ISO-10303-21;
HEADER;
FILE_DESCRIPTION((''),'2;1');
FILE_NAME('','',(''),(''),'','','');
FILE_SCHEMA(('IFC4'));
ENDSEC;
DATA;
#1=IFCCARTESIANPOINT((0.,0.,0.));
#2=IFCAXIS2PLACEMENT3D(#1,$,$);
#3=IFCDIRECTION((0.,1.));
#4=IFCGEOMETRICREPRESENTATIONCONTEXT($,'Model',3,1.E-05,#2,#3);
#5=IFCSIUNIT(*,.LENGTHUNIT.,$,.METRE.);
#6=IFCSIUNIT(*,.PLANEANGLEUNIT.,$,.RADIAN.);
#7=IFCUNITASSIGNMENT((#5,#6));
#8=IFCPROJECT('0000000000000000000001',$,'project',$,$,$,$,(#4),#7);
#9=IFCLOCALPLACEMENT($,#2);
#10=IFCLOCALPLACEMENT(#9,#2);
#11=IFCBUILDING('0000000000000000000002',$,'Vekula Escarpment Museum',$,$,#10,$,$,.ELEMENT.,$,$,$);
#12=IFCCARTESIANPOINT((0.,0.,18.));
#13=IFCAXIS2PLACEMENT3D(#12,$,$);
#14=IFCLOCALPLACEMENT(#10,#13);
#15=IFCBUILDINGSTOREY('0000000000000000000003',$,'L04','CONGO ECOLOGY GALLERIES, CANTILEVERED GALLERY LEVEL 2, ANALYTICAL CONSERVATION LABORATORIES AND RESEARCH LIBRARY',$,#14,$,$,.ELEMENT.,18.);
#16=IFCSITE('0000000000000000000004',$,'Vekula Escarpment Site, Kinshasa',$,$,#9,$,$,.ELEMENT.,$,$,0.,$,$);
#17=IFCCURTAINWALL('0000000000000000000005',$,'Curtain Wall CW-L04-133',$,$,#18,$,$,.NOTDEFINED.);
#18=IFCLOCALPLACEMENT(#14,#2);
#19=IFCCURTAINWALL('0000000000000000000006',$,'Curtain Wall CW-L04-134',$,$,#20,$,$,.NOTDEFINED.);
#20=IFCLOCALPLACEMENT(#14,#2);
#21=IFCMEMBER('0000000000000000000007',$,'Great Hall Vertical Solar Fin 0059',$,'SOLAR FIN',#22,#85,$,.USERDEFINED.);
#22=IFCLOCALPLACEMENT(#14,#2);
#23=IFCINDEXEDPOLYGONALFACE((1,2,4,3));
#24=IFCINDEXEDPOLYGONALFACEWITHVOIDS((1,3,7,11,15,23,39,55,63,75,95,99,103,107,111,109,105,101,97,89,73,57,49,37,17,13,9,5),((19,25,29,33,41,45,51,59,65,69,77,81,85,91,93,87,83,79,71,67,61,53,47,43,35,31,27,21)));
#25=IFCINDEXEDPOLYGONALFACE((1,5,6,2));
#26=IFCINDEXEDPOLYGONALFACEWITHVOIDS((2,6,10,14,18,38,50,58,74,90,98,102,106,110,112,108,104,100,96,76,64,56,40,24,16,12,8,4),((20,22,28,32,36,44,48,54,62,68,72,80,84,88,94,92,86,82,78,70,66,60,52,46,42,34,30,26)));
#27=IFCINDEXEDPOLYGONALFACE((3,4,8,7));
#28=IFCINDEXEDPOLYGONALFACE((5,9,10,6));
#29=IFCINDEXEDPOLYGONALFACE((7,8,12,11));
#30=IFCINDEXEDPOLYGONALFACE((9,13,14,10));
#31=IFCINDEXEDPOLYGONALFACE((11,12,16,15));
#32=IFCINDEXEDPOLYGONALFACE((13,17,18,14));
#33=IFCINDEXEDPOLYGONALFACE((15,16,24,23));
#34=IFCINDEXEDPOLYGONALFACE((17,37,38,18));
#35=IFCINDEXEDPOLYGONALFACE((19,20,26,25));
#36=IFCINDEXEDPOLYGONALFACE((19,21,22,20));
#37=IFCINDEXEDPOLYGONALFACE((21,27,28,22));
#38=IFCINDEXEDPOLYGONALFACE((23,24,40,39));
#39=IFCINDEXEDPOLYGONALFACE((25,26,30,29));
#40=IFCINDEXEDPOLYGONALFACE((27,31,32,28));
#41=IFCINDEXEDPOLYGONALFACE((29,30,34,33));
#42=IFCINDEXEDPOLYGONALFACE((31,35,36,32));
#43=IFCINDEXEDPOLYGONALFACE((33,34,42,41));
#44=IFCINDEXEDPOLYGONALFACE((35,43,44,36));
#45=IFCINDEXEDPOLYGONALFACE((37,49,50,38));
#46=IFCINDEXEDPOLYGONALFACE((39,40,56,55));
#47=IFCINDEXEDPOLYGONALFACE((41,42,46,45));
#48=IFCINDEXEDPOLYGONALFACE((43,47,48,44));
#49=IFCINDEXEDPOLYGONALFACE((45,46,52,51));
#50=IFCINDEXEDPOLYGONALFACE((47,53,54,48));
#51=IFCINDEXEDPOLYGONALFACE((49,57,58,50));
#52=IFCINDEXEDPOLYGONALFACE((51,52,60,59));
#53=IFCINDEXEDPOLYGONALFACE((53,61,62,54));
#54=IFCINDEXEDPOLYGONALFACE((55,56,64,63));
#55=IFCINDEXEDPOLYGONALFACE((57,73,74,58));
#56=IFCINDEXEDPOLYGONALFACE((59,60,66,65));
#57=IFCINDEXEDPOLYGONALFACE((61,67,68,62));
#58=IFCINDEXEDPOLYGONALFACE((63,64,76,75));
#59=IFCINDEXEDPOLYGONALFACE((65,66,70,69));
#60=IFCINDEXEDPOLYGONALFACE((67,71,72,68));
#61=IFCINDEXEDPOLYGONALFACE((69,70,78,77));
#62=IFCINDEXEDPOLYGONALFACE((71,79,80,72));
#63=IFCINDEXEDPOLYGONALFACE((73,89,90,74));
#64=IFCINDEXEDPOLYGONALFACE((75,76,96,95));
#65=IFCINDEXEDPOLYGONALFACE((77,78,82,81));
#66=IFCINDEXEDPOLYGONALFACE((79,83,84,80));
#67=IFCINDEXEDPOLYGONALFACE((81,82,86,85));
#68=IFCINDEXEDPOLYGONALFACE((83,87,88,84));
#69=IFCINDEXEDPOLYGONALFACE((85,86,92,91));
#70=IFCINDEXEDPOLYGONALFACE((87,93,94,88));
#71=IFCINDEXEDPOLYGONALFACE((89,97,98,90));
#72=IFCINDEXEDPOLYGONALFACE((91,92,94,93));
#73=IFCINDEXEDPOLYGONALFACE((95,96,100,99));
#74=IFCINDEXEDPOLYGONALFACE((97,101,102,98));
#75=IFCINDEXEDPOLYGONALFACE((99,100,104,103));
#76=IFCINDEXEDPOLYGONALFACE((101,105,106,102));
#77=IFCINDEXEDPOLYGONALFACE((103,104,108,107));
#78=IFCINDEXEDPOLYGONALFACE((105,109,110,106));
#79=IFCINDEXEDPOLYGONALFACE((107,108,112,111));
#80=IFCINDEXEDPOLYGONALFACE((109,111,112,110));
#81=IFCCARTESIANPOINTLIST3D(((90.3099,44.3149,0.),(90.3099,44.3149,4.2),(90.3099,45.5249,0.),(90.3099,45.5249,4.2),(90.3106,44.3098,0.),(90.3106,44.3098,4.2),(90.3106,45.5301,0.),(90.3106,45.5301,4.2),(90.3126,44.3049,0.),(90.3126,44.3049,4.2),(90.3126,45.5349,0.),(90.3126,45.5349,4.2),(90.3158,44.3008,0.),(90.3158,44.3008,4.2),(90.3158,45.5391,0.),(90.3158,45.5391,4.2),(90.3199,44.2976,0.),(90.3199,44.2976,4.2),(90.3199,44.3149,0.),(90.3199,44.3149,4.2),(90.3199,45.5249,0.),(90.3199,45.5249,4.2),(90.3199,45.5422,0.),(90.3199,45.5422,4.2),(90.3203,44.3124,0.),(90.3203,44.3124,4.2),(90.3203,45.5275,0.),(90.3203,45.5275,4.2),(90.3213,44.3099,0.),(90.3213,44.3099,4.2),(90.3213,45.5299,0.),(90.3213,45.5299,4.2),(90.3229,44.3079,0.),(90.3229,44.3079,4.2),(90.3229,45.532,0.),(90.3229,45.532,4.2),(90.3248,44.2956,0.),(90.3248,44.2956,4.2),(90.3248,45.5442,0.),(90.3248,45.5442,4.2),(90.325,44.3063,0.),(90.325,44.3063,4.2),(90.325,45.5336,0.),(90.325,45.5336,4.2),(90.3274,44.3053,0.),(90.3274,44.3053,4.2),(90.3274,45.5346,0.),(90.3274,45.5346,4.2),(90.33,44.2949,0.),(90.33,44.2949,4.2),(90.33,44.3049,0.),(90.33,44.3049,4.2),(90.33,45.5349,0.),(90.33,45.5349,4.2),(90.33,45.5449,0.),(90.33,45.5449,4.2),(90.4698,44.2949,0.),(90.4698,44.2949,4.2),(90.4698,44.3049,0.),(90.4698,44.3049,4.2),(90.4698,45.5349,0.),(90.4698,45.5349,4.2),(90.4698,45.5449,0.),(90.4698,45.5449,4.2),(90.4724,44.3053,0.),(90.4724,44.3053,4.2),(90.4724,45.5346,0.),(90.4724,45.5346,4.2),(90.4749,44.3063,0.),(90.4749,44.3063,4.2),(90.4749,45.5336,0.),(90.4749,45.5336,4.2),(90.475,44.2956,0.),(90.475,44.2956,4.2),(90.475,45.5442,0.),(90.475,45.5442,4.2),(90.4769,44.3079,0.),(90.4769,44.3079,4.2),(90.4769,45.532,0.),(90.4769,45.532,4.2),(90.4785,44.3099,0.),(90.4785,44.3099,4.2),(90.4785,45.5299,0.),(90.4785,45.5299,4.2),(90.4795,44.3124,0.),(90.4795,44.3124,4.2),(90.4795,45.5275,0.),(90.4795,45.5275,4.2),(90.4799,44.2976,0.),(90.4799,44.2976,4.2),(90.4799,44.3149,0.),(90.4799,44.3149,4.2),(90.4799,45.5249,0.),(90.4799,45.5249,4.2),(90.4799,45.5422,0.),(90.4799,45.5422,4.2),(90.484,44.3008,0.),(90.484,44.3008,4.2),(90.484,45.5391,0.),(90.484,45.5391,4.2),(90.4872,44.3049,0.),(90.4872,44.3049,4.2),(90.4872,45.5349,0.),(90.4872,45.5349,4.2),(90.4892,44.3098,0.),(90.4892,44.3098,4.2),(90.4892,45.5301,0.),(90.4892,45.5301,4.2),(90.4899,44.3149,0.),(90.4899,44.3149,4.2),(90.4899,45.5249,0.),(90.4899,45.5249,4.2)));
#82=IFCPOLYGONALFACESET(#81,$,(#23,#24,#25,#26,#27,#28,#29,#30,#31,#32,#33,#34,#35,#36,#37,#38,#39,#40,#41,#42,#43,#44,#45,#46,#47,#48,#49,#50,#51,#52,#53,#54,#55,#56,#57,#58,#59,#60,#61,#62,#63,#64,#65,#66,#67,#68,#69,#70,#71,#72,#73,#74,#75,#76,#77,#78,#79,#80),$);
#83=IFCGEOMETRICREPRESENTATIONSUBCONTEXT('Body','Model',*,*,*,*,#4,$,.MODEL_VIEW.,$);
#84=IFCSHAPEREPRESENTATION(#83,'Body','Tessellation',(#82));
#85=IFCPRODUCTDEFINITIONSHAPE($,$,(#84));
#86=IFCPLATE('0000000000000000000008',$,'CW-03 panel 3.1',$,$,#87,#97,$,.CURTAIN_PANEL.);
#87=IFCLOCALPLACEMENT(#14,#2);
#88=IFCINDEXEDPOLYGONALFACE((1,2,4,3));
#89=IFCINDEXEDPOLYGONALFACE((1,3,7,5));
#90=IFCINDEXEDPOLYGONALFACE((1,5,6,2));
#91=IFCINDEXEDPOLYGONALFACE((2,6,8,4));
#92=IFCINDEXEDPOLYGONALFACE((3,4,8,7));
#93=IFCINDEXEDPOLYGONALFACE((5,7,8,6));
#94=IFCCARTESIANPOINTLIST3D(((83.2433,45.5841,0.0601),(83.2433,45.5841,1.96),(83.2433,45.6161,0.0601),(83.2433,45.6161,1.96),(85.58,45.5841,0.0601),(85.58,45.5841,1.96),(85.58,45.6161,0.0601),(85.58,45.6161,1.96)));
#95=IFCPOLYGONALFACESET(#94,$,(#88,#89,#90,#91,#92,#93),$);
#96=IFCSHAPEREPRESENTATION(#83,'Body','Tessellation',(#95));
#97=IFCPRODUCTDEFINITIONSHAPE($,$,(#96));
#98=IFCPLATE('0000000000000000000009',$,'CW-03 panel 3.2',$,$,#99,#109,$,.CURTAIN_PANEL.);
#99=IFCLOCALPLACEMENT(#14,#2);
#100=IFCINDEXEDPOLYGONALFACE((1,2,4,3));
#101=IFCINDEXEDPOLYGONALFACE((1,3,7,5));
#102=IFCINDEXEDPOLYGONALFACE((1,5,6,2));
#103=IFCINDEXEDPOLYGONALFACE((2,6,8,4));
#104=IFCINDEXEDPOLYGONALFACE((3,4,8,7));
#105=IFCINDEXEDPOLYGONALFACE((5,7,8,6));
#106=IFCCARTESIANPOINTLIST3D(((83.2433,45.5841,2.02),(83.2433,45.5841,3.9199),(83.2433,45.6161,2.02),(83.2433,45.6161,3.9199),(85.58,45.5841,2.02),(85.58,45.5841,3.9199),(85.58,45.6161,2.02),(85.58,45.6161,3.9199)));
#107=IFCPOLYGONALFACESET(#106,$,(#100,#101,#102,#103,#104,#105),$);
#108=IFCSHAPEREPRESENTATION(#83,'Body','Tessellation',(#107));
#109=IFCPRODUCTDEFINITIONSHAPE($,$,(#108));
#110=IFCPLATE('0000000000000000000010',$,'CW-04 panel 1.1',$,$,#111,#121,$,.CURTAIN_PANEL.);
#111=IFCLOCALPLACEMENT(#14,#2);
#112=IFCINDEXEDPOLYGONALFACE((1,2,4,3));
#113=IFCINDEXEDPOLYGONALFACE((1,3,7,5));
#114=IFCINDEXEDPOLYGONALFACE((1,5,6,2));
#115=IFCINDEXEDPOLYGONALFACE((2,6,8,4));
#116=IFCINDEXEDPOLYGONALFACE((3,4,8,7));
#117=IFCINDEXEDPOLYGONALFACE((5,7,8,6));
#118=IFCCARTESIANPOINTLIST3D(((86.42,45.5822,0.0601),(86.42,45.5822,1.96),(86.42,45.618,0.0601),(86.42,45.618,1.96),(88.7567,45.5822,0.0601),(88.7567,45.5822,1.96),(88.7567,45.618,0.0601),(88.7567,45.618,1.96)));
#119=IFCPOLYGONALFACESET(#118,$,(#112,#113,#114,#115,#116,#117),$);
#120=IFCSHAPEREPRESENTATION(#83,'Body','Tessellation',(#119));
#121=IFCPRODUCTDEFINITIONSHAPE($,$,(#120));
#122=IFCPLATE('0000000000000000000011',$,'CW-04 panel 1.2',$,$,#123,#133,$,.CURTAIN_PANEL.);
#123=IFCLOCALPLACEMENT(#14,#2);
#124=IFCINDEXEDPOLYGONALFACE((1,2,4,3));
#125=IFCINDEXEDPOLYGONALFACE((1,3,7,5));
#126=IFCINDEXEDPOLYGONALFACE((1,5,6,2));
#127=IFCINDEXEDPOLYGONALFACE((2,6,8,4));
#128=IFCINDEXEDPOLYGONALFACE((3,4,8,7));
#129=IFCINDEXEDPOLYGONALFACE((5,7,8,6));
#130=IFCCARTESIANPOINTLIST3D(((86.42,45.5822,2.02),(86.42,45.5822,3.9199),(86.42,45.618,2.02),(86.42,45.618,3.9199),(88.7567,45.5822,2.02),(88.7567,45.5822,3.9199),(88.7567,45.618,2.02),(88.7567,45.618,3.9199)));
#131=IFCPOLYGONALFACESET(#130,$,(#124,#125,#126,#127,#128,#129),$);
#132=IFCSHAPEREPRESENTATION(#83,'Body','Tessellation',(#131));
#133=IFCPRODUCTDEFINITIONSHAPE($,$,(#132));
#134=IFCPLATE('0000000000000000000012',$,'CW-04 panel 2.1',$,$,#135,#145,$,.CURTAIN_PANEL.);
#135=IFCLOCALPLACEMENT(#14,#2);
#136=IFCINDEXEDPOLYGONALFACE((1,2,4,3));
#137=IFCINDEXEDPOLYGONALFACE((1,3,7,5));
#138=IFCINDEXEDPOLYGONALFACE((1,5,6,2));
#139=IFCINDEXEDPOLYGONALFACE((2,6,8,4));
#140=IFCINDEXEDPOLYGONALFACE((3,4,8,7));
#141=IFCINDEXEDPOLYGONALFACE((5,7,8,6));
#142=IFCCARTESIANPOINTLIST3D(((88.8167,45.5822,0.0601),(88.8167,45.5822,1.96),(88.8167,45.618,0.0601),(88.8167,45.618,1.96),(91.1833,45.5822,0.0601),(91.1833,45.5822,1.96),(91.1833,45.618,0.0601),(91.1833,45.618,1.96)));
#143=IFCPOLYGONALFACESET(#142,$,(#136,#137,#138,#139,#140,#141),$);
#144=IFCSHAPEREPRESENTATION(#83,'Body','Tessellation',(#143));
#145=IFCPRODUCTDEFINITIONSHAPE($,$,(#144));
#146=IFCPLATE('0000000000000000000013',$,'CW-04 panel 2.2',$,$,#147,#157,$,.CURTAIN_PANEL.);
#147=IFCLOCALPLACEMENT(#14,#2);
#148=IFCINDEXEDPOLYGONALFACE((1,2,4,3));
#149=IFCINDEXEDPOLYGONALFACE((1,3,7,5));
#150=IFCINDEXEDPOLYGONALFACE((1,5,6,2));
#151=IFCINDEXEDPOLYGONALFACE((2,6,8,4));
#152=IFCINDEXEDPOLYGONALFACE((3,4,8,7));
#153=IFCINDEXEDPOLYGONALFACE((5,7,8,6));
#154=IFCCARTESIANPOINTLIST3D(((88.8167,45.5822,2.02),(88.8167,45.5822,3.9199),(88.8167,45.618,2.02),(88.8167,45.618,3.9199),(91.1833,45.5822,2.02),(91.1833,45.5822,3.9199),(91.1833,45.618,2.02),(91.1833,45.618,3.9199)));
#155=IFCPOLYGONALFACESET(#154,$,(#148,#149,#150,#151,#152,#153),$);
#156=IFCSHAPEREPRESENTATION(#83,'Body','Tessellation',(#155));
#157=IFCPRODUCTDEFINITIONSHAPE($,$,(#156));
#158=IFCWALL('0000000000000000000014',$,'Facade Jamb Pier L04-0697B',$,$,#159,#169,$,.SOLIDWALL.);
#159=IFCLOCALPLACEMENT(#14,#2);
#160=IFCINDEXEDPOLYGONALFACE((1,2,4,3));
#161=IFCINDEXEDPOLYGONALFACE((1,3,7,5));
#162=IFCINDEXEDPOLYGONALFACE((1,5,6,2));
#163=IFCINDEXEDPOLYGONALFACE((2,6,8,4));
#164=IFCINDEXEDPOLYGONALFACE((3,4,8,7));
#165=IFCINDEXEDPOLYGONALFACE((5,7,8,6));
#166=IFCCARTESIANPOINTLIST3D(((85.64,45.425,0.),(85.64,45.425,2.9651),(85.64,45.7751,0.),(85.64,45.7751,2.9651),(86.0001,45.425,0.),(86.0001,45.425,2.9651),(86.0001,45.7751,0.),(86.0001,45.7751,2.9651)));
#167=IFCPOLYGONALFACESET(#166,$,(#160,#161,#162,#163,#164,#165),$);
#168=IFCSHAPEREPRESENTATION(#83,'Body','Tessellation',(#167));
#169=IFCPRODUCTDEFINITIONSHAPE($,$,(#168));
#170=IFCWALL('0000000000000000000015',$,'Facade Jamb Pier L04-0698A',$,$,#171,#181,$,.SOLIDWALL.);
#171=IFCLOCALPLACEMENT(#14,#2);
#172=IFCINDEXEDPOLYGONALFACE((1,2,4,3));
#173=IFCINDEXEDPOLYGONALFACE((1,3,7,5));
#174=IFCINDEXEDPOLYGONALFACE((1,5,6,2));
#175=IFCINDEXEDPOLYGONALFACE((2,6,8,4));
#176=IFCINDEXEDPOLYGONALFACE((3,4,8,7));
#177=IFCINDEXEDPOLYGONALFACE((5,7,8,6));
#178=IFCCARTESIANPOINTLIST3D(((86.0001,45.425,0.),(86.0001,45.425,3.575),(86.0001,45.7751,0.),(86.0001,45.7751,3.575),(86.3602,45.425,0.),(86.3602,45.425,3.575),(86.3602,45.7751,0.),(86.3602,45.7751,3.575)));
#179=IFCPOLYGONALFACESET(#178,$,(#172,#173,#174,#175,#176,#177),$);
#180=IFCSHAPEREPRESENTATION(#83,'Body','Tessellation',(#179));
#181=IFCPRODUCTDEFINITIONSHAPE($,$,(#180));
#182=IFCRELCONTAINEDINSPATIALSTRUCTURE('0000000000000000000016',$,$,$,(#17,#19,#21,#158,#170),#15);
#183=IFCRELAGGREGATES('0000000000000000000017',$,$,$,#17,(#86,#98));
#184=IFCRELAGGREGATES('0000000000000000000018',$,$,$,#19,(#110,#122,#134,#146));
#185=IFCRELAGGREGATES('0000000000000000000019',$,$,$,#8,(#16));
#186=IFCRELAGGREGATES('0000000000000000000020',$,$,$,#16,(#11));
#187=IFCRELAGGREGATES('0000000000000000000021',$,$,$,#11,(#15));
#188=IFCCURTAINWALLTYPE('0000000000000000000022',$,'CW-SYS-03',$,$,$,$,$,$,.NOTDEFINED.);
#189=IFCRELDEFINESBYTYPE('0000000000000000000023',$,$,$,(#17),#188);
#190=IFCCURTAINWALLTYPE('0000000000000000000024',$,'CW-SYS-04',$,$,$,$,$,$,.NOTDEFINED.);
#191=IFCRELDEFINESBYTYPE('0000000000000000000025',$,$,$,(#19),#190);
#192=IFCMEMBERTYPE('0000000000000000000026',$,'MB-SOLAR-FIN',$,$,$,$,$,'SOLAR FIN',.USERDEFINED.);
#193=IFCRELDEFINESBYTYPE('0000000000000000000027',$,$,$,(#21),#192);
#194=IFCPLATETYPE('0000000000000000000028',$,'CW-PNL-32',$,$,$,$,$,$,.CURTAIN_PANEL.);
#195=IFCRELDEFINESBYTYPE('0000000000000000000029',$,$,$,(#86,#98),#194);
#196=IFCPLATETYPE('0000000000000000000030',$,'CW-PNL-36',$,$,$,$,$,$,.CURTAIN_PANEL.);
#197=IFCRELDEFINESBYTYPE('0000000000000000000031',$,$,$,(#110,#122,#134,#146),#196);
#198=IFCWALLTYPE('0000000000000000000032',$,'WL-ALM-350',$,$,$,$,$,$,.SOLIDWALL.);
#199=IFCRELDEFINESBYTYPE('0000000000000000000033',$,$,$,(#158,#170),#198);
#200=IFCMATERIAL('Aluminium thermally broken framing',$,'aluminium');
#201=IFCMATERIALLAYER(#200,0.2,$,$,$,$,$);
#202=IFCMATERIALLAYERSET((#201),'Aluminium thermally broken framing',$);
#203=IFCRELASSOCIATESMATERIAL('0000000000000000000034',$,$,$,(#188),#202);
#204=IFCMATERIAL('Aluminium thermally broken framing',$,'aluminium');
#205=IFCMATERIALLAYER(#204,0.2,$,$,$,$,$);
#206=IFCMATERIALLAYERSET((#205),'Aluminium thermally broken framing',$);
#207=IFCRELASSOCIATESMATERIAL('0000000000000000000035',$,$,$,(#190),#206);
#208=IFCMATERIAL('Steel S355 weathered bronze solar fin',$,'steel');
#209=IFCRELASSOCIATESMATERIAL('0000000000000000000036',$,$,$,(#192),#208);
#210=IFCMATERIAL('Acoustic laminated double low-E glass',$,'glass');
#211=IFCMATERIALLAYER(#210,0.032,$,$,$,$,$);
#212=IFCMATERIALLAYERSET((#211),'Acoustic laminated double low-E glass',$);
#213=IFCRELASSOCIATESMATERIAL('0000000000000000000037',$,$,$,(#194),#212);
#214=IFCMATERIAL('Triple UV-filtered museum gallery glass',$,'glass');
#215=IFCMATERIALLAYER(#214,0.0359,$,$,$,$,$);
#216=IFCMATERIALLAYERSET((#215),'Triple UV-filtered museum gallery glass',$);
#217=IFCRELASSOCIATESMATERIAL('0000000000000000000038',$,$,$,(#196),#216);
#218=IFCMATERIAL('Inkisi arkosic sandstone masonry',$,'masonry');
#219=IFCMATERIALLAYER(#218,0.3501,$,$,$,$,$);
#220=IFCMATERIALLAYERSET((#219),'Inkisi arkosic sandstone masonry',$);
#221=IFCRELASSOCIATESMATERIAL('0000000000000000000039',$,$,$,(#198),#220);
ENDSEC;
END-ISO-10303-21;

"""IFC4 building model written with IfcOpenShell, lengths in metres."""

from ifc_helpers import new_model, si_unit, direction, frame, frame_2d, origin, origin_2d, place, context, subcontext, project, spatial, rectangle, hollow_rectangle, extrude, material, layer, layer_set, material_profile, profile_set, type_object, element, aggregate, save


model = new_model("IFC4")

# Units and contexts
model_context = context("Model", 3, precision=1e-05, world=origin(), true_north=direction((0.0, 1.0)))
body_context = subcontext(model_context, "Body", "Model", "MODEL_VIEW")
ifc_project = project(units=[si_unit("LENGTHUNIT", "METRE"), si_unit("PLANEANGLEUNIT", "RADIAN")], contexts=[model_context])

# Site, building, storey
site_placement = place(None, origin())
site = spatial("IfcSite", under=ifc_project, at=site_placement, Name="Vekula Escarpment Site, Kinshasa", CompositionType="ELEMENT", RefElevation=0.0)
building_placement = place(site_placement, origin())
building = spatial("IfcBuilding", under=site, at=building_placement, Name="Vekula Escarpment Museum", CompositionType="ELEMENT")
storey_placement = place(building_placement, frame((0.0, 0.0, 18.0)))
storey = spatial("IfcBuildingStorey", under=building, at=storey_placement, Name="L04", Description="CONGO ECOLOGY GALLERIES, CANTILEVERED GALLERY LEVEL 2, ANALYTICAL CONSERVATION LABORATORIES AND RESEARCH LIBRARY", CompositionType="ELEMENT", Elevation=18.0)

# Curtain wall
ifc_material_1 = material(Name="Aluminium thermally broken framing", Category="aluminium")
ifc_layer_1 = layer(ifc_material_1, 0.2)
ifc_layer_set_1 = layer_set([ifc_layer_1], Name="Aluminium thermally broken framing")
curtain_wall_type_1 = type_object("IfcCurtainWallType", Name="CW-SYS-03", PredefinedType="NOTDEFINED", material=ifc_layer_set_1)
curtain_wall_1_placement = place(storey_placement, origin())
curtain_wall_1 = element("IfcCurtainWall", 1, at=curtain_wall_1_placement, inside=storey, type_object=curtain_wall_type_1, Name="Curtain Wall CW-L04-133", PredefinedType="NOTDEFINED")

# Curtain wall
ifc_material_2 = material(Name="Aluminium thermally broken framing", Category="aluminium")
ifc_layer_2 = layer(ifc_material_2, 0.2)
ifc_layer_set_2 = layer_set([ifc_layer_2], Name="Aluminium thermally broken framing")
curtain_wall_type_2 = type_object("IfcCurtainWallType", Name="CW-SYS-04", PredefinedType="NOTDEFINED", material=ifc_layer_set_2)
curtain_wall_2_placement = place(storey_placement, origin())
curtain_wall_2 = element("IfcCurtainWall", 2, at=curtain_wall_2_placement, inside=storey, type_object=curtain_wall_type_2, Name="Curtain Wall CW-L04-134", PredefinedType="NOTDEFINED")

# Member
ifc_material_3 = material(Name="Steel S355 weathered bronze solar fin", Category="steel")
ifc_material_profile_1 = material_profile(ifc_material_3, hollow_rectangle(XDim=0.1799, YDim=1.25, WallThickness=0.01, InnerFilletRadius=0.01, OuterFilletRadius=0.02, at=origin_2d()), Name="RHS 1250x180x10")
ifc_profile_set_1 = profile_set([ifc_material_profile_1], Name="Steel S355 weathered bronze solar fin")
member_type_1 = type_object("IfcMemberType", Name="MB-SOLAR-FIN", ElementType="SOLAR FIN", PredefinedType="USERDEFINED", material=ifc_profile_set_1)
for number, where, z_axis, x_axis, name in (
    (3, (90.3999, 44.9199, 0.0), (0.0, 0.0, 1.0), (1.0, 0.0, 0.0), "Great Hall Vertical Solar Fin 0059"),
):
    element("IfcMember", number, at=place(storey_placement, frame(where, z_axis=z_axis, x_axis=x_axis)), inside=storey, type_object=member_type_1, Name=name, ObjectType="SOLAR FIN", PredefinedType="USERDEFINED", context=body_context, shape_type="SweptSolid", body=[
        extrude(hollow_rectangle(XDim=0.1799, YDim=1.25, WallThickness=0.01, InnerFilletRadius=0.01, OuterFilletRadius=0.02, at=origin_2d()), origin(), (0.0, 0.0, 1.0), 4.2),
    ])

# Plates
ifc_material_4 = material(Name="Acoustic laminated double low-E glass", Category="glass")
ifc_layer_3 = layer(ifc_material_4, 0.032)
ifc_layer_set_3 = layer_set([ifc_layer_3], Name="Acoustic laminated double low-E glass")
plate_type_1 = type_object("IfcPlateType", Name="CW-PNL-32", PredefinedType="CURTAIN_PANEL", material=ifc_layer_set_3)
plate_1_placement = place(storey_placement, frame((84.4116, 45.6001, 0.0601), z_axis=(0.0, 0.0, 1.0), x_axis=(1.0, 0.0, 0.0)))
plate_1 = element("IfcPlate", 4, at=plate_1_placement, type_object=plate_type_1, Name="CW-03 panel 3.1", PredefinedType="CURTAIN_PANEL", context=body_context, shape_type="SweptSolid", body=[
    extrude(rectangle(XDim=2.3367, YDim=0.032, at=origin_2d()), origin(), (0.0, 0.0, 1.0), 1.8999),
])
plate_2_placement = place(storey_placement, frame((84.4116, 45.6001, 2.02), z_axis=(0.0, 0.0, 1.0), x_axis=(1.0, 0.0, 0.0)))
plate_2 = element("IfcPlate", 5, at=plate_2_placement, type_object=plate_type_1, Name="CW-03 panel 3.2", PredefinedType="CURTAIN_PANEL", context=body_context, shape_type="SweptSolid", body=[
    extrude(rectangle(XDim=2.3367, YDim=0.032, at=origin_2d()), origin(), (0.0, 0.0, 1.0), 1.8999),
])
aggregate(curtain_wall_1, [plate_1, plate_2])
ifc_material_5 = material(Name="Triple UV-filtered museum gallery glass", Category="glass")
ifc_layer_4 = layer(ifc_material_5, 0.0359)
ifc_layer_set_4 = layer_set([ifc_layer_4], Name="Triple UV-filtered museum gallery glass")
plate_type_2 = type_object("IfcPlateType", Name="CW-PNL-36", PredefinedType="CURTAIN_PANEL", material=ifc_layer_set_4)
plate_3_placement = place(storey_placement, frame((87.5884, 45.6001, 0.0601), z_axis=(0.0, 0.0, 1.0), x_axis=(1.0, 0.0, 0.0)))
plate_3 = element("IfcPlate", 6, at=plate_3_placement, type_object=plate_type_2, Name="CW-04 panel 1.1", PredefinedType="CURTAIN_PANEL", context=body_context, shape_type="SweptSolid", body=[
    extrude(rectangle(XDim=2.3367, YDim=0.0359, at=origin_2d()), origin(), (0.0, 0.0, 1.0), 1.8999),
])
plate_4_placement = place(storey_placement, frame((87.5884, 45.6001, 2.02), z_axis=(0.0, 0.0, 1.0), x_axis=(1.0, 0.0, 0.0)))
plate_4 = element("IfcPlate", 7, at=plate_4_placement, type_object=plate_type_2, Name="CW-04 panel 1.2", PredefinedType="CURTAIN_PANEL", context=body_context, shape_type="SweptSolid", body=[
    extrude(rectangle(XDim=2.3367, YDim=0.0359, at=origin_2d()), origin(), (0.0, 0.0, 1.0), 1.8999),
])
plate_5_placement = place(storey_placement, frame((90.0, 45.6001, 0.0601), z_axis=(0.0, 0.0, 1.0), x_axis=(1.0, 0.0, 0.0)))
plate_5 = element("IfcPlate", 8, at=plate_5_placement, type_object=plate_type_2, Name="CW-04 panel 2.1", PredefinedType="CURTAIN_PANEL", context=body_context, shape_type="SweptSolid", body=[
    extrude(rectangle(XDim=2.3667, YDim=0.0359, at=origin_2d()), origin(), (0.0, 0.0, 1.0), 1.8999),
])
plate_6_placement = place(storey_placement, frame((90.0, 45.6001, 2.02), z_axis=(0.0, 0.0, 1.0), x_axis=(1.0, 0.0, 0.0)))
plate_6 = element("IfcPlate", 9, at=plate_6_placement, type_object=plate_type_2, Name="CW-04 panel 2.2", PredefinedType="CURTAIN_PANEL", context=body_context, shape_type="SweptSolid", body=[
    extrude(rectangle(XDim=2.3667, YDim=0.0359, at=origin_2d()), origin(), (0.0, 0.0, 1.0), 1.8999),
])
aggregate(curtain_wall_2, [plate_3, plate_4, plate_5, plate_6])

# Walls
ifc_material_6 = material(Name="Inkisi arkosic sandstone masonry", Category="masonry")
ifc_layer_5 = layer(ifc_material_6, 0.3501)
ifc_layer_set_5 = layer_set([ifc_layer_5], Name="Inkisi arkosic sandstone masonry")
wall_type = type_object("IfcWallType", Name="WL-ALM-350", PredefinedType="SOLIDWALL", material=ifc_layer_set_5)
wall_1_placement = place(storey_placement, frame((85.6399, 45.6001, 0.0), z_axis=(0.0, 0.0, 1.0), x_axis=(1.0, 0.0, 0.0)))
element("IfcWall", 10, at=wall_1_placement, inside=storey, type_object=wall_type, Name="Facade Jamb Pier L04-0697B", PredefinedType="SOLIDWALL", context=body_context, shape_type="SweptSolid", body=[
    extrude(rectangle(XDim=0.3601, YDim=0.3501, at=frame_2d((0.1802, 0.0))), origin(), (0.0, 0.0, 1.0), 2.9651),
])
wall_2_placement = place(storey_placement, frame((86.0, 45.6001, 0.0), z_axis=(0.0, 0.0, 1.0), x_axis=(1.0, 0.0, 0.0)))
element("IfcWall", 11, at=wall_2_placement, inside=storey, type_object=wall_type, Name="Facade Jamb Pier L04-0698A", PredefinedType="SOLIDWALL", context=body_context, shape_type="SweptSolid", body=[
    extrude(rectangle(XDim=0.3601, YDim=0.3501, at=frame_2d((0.1802, 0.0))), origin(), (0.0, 0.0, 1.0), 3.575),
])

save(model, "model.ifc")
